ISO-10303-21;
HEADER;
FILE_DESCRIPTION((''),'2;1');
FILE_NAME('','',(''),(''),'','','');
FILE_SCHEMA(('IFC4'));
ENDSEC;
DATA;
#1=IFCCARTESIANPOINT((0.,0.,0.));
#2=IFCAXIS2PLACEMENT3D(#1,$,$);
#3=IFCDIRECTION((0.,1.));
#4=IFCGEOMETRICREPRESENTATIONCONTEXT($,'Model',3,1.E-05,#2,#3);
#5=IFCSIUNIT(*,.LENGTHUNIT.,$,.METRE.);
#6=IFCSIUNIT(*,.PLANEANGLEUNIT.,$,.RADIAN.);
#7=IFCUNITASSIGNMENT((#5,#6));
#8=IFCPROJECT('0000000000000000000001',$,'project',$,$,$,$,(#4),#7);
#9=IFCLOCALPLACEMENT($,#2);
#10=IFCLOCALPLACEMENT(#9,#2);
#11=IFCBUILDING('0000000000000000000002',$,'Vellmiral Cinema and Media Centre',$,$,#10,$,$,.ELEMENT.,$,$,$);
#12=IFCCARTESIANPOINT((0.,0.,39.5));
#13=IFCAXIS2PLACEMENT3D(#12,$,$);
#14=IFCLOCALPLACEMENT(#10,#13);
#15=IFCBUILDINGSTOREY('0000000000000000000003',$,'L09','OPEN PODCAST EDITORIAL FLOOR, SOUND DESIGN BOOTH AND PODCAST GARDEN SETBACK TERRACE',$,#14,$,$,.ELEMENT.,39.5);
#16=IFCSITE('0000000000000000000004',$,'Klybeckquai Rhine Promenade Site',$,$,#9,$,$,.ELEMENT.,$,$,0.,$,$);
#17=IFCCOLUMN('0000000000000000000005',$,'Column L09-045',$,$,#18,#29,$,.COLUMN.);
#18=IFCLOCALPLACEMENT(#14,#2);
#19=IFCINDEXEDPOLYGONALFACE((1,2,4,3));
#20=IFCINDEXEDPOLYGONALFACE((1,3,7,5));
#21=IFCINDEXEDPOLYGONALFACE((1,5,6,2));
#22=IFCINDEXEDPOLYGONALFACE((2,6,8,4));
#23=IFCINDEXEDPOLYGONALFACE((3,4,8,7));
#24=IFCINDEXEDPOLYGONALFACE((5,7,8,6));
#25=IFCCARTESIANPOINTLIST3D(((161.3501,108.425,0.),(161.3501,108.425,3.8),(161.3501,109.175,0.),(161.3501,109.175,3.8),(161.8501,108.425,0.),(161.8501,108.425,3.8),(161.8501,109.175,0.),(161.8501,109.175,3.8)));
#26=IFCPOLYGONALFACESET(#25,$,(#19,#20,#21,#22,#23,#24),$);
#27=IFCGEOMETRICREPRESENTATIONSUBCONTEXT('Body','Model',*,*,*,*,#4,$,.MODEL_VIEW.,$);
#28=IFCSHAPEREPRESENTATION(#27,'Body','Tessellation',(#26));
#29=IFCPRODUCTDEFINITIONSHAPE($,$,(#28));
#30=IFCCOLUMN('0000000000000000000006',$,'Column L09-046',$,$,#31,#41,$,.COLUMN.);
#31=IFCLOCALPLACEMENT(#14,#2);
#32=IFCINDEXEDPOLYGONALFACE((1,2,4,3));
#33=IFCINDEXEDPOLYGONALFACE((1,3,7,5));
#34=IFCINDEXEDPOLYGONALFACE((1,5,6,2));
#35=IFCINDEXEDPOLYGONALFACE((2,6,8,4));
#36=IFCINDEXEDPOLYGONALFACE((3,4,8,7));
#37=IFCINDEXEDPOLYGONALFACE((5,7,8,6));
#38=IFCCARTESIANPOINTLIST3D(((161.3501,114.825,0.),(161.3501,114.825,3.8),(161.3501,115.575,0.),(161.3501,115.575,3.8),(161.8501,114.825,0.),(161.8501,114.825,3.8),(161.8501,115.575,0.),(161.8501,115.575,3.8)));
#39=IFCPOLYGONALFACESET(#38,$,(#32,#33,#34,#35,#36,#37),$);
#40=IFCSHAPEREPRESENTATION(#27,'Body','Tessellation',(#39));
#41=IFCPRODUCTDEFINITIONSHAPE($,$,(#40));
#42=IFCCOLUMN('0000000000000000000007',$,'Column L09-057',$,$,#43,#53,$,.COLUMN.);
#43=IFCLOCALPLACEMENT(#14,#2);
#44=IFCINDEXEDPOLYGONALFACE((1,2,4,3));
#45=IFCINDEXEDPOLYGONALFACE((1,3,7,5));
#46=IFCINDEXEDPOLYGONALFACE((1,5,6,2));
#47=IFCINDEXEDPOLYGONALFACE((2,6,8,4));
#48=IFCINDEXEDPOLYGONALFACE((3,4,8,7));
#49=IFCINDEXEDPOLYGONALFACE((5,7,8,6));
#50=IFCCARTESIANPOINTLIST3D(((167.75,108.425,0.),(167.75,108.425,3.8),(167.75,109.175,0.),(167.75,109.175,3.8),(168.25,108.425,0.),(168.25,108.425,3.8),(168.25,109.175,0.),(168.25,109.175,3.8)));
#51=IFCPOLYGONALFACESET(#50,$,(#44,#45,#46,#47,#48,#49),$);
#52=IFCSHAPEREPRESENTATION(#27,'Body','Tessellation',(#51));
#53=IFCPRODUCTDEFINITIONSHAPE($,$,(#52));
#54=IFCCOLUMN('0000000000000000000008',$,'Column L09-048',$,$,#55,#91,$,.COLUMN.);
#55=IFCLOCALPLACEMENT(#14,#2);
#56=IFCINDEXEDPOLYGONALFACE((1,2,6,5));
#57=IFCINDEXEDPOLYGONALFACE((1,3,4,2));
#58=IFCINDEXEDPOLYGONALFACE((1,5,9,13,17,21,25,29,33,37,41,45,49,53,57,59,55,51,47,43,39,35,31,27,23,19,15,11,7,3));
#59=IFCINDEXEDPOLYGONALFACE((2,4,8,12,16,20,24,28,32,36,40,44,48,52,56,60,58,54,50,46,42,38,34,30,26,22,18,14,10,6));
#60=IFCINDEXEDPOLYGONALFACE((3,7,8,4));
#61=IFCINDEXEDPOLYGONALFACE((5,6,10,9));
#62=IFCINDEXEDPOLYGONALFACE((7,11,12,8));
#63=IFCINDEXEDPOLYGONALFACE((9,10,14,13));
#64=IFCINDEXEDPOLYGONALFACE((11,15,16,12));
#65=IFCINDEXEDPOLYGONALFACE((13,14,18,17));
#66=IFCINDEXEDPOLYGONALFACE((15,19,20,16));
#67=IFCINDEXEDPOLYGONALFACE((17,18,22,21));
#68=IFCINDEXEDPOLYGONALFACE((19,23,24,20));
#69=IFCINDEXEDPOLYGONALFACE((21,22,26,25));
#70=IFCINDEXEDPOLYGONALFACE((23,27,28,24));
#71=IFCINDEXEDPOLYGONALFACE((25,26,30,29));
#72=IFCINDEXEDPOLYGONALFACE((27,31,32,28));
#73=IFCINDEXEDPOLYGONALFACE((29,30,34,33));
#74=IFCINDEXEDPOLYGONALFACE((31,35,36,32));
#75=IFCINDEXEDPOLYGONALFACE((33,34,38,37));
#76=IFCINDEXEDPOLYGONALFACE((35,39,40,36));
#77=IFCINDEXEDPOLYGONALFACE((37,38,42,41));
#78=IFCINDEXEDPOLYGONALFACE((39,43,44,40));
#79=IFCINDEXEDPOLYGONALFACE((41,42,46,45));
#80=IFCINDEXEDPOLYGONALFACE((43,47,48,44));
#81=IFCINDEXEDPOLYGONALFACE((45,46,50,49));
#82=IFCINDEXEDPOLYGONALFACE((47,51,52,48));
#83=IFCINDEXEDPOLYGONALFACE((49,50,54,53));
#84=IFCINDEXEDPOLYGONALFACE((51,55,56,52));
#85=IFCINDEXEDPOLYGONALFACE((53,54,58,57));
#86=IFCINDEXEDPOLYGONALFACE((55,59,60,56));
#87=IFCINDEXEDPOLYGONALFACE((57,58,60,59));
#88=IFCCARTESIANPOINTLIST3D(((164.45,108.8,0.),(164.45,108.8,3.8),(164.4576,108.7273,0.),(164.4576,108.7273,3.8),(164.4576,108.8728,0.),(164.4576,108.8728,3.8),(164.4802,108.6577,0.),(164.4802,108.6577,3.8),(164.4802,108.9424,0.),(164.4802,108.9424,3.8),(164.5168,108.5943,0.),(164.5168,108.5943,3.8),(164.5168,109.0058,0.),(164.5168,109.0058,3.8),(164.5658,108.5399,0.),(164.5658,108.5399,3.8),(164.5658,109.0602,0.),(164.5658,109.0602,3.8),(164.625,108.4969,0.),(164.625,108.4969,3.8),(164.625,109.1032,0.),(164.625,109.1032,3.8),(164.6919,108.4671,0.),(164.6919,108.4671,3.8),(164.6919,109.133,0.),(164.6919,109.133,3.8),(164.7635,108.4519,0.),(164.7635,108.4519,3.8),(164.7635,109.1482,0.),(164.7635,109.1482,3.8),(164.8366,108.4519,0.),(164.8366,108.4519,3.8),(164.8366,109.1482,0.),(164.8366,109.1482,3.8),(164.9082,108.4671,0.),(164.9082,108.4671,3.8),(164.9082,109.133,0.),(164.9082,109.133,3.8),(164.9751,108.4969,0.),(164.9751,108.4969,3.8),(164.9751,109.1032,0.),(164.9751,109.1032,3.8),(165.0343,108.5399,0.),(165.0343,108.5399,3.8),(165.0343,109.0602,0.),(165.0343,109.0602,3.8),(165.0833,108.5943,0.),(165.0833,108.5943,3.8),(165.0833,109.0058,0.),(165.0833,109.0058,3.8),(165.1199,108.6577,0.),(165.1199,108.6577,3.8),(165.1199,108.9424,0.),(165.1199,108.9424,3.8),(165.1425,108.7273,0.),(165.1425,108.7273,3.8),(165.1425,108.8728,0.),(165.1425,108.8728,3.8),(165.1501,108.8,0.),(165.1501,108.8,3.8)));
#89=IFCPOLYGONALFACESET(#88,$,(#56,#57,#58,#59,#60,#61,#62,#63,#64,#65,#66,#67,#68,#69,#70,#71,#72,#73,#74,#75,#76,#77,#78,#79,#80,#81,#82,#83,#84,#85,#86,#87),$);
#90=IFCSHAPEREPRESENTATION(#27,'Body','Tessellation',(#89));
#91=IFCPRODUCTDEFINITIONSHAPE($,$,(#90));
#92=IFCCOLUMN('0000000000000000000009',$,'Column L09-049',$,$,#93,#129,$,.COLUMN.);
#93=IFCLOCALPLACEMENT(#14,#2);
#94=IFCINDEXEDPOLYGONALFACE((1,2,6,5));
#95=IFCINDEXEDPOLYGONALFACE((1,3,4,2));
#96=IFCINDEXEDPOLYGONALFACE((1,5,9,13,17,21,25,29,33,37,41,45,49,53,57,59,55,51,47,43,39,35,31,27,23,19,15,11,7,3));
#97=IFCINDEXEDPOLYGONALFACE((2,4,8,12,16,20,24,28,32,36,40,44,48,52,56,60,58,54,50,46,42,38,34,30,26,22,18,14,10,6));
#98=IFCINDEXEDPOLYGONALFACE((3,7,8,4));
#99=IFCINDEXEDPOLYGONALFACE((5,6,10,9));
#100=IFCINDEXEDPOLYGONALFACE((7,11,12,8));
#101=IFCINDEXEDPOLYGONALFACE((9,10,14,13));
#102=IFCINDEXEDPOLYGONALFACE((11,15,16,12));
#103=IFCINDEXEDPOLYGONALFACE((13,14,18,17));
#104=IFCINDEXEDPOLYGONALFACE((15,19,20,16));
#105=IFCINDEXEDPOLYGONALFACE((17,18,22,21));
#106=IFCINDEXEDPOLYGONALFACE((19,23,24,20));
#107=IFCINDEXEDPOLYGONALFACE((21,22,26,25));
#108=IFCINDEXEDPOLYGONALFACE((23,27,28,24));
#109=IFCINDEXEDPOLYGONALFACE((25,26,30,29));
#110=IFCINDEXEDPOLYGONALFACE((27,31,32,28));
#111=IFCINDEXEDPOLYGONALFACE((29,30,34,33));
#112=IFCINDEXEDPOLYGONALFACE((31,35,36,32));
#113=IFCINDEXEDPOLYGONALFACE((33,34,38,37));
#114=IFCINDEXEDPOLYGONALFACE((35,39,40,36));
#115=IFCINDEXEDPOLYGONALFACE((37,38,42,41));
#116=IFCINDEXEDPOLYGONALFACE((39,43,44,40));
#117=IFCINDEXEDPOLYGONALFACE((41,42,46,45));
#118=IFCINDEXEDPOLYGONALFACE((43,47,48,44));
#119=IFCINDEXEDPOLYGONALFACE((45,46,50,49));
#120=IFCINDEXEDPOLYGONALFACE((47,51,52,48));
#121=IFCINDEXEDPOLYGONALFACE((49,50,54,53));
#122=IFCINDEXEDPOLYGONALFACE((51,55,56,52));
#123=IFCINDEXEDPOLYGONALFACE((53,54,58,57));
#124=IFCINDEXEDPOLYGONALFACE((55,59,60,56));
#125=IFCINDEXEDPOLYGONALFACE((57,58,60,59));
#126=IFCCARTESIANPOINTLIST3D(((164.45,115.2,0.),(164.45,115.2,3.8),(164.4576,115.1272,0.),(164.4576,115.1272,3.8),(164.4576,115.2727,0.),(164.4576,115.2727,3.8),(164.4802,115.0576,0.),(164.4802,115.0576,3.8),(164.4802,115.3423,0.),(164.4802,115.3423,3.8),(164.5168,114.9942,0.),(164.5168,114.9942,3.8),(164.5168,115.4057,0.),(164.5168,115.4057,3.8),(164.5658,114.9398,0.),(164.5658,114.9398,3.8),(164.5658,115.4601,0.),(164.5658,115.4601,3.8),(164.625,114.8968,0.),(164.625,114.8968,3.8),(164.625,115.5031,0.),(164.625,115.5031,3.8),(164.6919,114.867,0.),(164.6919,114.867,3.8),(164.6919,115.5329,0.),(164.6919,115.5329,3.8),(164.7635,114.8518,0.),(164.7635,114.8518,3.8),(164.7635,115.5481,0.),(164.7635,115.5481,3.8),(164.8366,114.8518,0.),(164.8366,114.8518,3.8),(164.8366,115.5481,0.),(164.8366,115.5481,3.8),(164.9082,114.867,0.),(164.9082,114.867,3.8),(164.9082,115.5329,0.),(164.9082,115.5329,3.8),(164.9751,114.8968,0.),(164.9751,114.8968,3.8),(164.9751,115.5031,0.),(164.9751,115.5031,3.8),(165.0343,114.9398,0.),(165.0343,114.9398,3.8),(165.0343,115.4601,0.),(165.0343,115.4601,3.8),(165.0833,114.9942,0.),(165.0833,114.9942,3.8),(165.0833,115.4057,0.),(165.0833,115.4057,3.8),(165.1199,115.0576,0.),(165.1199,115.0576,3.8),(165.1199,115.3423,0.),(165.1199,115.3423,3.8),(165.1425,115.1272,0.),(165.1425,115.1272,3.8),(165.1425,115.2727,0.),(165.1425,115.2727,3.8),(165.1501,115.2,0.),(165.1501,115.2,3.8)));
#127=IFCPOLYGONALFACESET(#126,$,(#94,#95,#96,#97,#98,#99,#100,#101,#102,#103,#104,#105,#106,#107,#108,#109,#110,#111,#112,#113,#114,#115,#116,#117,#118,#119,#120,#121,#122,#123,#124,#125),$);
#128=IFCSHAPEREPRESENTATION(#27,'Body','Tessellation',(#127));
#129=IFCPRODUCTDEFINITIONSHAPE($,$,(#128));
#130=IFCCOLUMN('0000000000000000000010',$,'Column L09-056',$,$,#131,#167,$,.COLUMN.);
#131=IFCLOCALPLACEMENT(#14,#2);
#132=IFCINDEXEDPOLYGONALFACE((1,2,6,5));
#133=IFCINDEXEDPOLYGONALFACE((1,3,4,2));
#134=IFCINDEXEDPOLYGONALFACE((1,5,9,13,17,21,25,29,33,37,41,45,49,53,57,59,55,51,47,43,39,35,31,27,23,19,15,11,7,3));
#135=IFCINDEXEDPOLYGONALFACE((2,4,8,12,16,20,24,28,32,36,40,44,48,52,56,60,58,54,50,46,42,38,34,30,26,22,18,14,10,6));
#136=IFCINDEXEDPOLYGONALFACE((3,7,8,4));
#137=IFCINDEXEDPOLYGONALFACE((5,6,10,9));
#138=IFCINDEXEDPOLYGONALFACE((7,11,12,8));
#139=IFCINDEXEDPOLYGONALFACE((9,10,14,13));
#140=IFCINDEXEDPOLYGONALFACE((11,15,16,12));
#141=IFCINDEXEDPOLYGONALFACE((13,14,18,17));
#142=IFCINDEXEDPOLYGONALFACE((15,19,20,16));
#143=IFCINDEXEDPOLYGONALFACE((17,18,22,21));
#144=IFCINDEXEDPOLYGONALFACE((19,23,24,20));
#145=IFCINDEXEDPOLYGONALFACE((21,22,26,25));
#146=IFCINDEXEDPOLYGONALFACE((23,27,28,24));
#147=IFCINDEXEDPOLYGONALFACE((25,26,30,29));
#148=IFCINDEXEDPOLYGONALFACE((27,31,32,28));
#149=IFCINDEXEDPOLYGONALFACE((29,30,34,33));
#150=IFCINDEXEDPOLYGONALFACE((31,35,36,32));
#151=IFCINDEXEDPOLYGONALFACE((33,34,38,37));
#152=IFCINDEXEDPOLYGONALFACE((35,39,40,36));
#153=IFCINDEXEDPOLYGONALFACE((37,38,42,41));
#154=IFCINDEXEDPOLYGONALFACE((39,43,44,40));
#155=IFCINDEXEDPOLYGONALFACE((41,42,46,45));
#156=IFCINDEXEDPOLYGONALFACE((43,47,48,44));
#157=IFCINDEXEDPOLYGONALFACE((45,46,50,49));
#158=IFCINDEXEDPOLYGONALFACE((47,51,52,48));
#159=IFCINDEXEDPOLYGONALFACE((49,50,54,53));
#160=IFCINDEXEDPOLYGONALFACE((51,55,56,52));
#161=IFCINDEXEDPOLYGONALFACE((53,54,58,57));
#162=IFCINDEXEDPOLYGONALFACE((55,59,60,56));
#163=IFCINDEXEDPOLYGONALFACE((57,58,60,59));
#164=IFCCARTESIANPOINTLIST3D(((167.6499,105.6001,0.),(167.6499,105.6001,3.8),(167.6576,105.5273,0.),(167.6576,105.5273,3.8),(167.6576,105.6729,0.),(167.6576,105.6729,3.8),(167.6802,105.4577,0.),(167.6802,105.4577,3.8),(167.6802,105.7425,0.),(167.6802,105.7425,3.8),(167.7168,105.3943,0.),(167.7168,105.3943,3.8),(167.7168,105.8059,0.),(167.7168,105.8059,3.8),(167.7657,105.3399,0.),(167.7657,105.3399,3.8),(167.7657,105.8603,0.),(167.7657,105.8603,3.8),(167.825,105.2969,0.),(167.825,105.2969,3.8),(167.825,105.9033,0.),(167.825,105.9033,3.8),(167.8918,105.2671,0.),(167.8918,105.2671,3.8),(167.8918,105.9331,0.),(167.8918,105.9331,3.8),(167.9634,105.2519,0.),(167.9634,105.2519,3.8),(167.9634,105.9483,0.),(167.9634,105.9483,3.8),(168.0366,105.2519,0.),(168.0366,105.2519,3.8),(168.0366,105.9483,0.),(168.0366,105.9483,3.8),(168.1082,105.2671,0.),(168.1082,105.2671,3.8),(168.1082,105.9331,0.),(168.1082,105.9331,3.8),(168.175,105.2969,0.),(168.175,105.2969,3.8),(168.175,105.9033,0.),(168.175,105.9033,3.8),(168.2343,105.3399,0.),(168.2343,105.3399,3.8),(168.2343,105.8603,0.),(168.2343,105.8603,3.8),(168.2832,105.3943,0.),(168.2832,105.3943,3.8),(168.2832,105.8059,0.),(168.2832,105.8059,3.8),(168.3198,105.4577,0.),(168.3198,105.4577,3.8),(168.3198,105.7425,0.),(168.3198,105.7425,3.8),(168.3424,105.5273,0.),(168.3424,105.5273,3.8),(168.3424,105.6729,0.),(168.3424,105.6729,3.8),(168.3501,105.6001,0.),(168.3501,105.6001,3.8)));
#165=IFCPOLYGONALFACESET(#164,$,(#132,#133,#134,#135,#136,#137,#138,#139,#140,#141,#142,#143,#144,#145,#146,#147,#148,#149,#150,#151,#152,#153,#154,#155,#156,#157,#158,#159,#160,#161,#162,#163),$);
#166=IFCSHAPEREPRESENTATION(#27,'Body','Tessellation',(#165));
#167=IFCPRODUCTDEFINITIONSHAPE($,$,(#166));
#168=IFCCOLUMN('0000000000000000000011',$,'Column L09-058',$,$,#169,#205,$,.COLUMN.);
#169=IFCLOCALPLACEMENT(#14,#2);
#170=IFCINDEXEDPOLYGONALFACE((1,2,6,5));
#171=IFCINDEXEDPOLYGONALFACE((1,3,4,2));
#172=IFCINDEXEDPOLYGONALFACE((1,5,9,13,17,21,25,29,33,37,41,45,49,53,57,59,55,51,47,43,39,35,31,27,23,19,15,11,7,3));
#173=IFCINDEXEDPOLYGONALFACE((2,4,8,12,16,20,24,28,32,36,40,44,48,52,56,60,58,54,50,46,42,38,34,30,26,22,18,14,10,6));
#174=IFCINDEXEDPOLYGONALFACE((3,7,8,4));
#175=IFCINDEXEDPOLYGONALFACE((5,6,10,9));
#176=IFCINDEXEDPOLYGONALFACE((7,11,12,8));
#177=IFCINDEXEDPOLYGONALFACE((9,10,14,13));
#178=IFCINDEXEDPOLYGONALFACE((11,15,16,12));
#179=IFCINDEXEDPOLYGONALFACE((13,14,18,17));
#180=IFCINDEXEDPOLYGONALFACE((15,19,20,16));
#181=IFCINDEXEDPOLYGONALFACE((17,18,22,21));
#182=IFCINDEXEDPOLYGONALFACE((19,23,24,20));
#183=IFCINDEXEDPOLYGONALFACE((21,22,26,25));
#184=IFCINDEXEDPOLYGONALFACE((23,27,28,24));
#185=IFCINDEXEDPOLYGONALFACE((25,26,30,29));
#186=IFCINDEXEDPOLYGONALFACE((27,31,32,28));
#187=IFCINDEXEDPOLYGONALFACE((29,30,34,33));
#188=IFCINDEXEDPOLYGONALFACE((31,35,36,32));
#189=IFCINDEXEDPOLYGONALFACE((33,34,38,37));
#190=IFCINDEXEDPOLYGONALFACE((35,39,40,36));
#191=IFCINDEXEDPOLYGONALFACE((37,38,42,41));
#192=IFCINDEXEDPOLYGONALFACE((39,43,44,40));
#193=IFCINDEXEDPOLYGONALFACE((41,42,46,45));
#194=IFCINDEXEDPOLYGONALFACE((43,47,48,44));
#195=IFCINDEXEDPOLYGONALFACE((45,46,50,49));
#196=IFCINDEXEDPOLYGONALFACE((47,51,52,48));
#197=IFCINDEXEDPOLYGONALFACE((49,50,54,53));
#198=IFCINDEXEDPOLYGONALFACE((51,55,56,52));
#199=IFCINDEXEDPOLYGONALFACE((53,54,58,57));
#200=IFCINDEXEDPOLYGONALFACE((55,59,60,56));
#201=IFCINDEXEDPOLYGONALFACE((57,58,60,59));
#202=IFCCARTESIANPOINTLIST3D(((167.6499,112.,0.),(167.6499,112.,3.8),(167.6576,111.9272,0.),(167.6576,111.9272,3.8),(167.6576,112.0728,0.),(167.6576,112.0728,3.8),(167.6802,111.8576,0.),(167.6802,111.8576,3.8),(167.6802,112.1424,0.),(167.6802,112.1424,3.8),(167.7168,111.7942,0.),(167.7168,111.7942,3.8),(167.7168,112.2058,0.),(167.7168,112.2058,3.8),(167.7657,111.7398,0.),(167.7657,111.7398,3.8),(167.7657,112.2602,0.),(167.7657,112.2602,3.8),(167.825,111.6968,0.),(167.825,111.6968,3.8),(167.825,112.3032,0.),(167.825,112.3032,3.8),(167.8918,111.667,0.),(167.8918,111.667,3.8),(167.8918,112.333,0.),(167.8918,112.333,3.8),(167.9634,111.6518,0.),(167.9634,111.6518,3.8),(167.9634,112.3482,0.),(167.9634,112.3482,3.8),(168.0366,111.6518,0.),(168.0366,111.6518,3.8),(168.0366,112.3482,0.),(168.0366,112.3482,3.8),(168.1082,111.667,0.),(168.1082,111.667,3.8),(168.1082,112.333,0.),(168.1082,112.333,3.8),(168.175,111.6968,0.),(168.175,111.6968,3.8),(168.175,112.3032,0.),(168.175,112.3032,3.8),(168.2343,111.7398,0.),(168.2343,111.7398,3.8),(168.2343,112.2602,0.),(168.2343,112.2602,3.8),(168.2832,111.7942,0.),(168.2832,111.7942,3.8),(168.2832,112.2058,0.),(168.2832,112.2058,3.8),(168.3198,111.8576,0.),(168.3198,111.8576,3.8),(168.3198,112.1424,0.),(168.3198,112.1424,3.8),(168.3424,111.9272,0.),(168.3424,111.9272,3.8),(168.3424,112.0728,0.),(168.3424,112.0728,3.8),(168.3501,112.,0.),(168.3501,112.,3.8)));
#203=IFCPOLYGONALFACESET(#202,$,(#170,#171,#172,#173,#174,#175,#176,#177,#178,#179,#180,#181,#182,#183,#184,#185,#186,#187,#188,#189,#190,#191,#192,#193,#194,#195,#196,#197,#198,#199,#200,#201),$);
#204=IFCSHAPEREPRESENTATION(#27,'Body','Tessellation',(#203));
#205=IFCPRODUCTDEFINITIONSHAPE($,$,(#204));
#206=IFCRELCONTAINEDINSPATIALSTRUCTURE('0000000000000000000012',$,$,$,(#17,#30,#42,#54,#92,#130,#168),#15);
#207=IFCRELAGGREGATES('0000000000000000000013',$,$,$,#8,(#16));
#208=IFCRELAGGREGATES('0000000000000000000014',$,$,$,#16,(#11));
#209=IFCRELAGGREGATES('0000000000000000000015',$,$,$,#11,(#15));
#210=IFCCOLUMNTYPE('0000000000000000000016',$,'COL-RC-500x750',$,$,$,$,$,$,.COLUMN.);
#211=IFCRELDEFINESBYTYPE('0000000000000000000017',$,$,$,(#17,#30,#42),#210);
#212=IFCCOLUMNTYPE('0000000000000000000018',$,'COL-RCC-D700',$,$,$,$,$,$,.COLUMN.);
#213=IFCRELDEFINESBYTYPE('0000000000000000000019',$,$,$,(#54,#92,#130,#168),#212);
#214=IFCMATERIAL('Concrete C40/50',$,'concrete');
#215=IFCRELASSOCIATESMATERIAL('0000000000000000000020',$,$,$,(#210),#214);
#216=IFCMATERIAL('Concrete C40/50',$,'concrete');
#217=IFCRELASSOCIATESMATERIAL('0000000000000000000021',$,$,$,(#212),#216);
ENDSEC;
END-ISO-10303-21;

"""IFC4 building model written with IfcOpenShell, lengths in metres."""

from ifc_helpers import new_model, si_unit, direction, frame, origin, origin_2d, place, context, subcontext, project, spatial, rectangle, circle, extrude, material, material_profile, profile_set, type_object, element, save


model = new_model("IFC4")

# Units and contexts
model_context = context("Model", 3, precision=1e-05, world=origin(), true_north=direction((0.0, 1.0)))
body_context = subcontext(model_context, "Body", "Model", "MODEL_VIEW")
ifc_project = project(units=[si_unit("LENGTHUNIT", "METRE"), si_unit("PLANEANGLEUNIT", "RADIAN")], contexts=[model_context])

# Site, building, storey
site_placement = place(None, origin())
site = spatial("IfcSite", under=ifc_project, at=site_placement, Name="Klybeckquai Rhine Promenade Site", CompositionType="ELEMENT", RefElevation=0.0)
building_placement = place(site_placement, origin())
building = spatial("IfcBuilding", under=site, at=building_placement, Name="Vellmiral Cinema and Media Centre", CompositionType="ELEMENT")
storey_placement = place(building_placement, frame((0.0, 0.0, 39.5)))
storey = spatial("IfcBuildingStorey", under=building, at=storey_placement, Name="L09", Description="OPEN PODCAST EDITORIAL FLOOR, SOUND DESIGN BOOTH AND PODCAST GARDEN SETBACK TERRACE", CompositionType="ELEMENT", Elevation=39.5)

# Columns
ifc_material_1 = material(Name="Concrete C40/50", Category="concrete")
ifc_material_profile_1 = material_profile(ifc_material_1, rectangle(XDim=0.5, YDim=0.75, at=origin_2d()), Name="RC 500x750")
ifc_profile_set_1 = profile_set([ifc_material_profile_1], Name="Concrete C40/50")
column_type_1 = type_object("IfcColumnType", Name="COL-RC-500x750", PredefinedType="COLUMN", material=ifc_profile_set_1)
for number, where, z_axis, x_axis, name in (
    (1, (161.6001, 108.8, 0.0), (0.0, 0.0, 1.0), (1.0, 0.0, 0.0), "Column L09-045"),
    (2, (161.6001, 115.2, 0.0), (0.0, 0.0, 1.0), (1.0, 0.0, 0.0), "Column L09-046"),
    (3, (168.0, 108.8, 0.0), (0.0, 0.0, 1.0), (1.0, 0.0, 0.0), "Column L09-057"),
):
    element("IfcColumn", number, at=place(storey_placement, frame(where, z_axis=z_axis, x_axis=x_axis)), inside=storey, type_object=column_type_1, Name=name, PredefinedType="COLUMN", context=body_context, shape_type="SweptSolid", body=[
        extrude(rectangle(XDim=0.5, YDim=0.75, at=origin_2d()), origin(), (0.0, 0.0, 1.0), 3.8),
    ])
ifc_material_2 = material(Name="Concrete C40/50", Category="concrete")
ifc_material_profile_2 = material_profile(ifc_material_2, circle(Radius=0.3501, at=origin_2d()), Name="RC D700")
ifc_profile_set_2 = profile_set([ifc_material_profile_2], Name="Concrete C40/50")
column_type_2 = type_object("IfcColumnType", Name="COL-RCC-D700", PredefinedType="COLUMN", material=ifc_profile_set_2)
for number, where, z_axis, x_axis, name in (
    (4, (164.8, 108.8, 0.0), (0.0, 0.0, 1.0), (1.0, 0.0, 0.0), "Column L09-048"),
    (5, (164.8, 115.2, 0.0), (0.0, 0.0, 1.0), (1.0, 0.0, 0.0), "Column L09-049"),
    (6, (168.0, 105.6001, 0.0), (0.0, 0.0, 1.0), (1.0, 0.0, 0.0), "Column L09-056"),
    (7, (168.0, 112.0, 0.0), (0.0, 0.0, 1.0), (1.0, 0.0, 0.0), "Column L09-058"),
):
    element("IfcColumn", number, at=place(storey_placement, frame(where, z_axis=z_axis, x_axis=x_axis)), inside=storey, type_object=column_type_2, Name=name, PredefinedType="COLUMN", context=body_context, shape_type="SweptSolid", body=[
        extrude(circle(Radius=0.3501, at=origin_2d()), origin(), (0.0, 0.0, 1.0), 3.8),
    ])

save(model, "model.ifc")
